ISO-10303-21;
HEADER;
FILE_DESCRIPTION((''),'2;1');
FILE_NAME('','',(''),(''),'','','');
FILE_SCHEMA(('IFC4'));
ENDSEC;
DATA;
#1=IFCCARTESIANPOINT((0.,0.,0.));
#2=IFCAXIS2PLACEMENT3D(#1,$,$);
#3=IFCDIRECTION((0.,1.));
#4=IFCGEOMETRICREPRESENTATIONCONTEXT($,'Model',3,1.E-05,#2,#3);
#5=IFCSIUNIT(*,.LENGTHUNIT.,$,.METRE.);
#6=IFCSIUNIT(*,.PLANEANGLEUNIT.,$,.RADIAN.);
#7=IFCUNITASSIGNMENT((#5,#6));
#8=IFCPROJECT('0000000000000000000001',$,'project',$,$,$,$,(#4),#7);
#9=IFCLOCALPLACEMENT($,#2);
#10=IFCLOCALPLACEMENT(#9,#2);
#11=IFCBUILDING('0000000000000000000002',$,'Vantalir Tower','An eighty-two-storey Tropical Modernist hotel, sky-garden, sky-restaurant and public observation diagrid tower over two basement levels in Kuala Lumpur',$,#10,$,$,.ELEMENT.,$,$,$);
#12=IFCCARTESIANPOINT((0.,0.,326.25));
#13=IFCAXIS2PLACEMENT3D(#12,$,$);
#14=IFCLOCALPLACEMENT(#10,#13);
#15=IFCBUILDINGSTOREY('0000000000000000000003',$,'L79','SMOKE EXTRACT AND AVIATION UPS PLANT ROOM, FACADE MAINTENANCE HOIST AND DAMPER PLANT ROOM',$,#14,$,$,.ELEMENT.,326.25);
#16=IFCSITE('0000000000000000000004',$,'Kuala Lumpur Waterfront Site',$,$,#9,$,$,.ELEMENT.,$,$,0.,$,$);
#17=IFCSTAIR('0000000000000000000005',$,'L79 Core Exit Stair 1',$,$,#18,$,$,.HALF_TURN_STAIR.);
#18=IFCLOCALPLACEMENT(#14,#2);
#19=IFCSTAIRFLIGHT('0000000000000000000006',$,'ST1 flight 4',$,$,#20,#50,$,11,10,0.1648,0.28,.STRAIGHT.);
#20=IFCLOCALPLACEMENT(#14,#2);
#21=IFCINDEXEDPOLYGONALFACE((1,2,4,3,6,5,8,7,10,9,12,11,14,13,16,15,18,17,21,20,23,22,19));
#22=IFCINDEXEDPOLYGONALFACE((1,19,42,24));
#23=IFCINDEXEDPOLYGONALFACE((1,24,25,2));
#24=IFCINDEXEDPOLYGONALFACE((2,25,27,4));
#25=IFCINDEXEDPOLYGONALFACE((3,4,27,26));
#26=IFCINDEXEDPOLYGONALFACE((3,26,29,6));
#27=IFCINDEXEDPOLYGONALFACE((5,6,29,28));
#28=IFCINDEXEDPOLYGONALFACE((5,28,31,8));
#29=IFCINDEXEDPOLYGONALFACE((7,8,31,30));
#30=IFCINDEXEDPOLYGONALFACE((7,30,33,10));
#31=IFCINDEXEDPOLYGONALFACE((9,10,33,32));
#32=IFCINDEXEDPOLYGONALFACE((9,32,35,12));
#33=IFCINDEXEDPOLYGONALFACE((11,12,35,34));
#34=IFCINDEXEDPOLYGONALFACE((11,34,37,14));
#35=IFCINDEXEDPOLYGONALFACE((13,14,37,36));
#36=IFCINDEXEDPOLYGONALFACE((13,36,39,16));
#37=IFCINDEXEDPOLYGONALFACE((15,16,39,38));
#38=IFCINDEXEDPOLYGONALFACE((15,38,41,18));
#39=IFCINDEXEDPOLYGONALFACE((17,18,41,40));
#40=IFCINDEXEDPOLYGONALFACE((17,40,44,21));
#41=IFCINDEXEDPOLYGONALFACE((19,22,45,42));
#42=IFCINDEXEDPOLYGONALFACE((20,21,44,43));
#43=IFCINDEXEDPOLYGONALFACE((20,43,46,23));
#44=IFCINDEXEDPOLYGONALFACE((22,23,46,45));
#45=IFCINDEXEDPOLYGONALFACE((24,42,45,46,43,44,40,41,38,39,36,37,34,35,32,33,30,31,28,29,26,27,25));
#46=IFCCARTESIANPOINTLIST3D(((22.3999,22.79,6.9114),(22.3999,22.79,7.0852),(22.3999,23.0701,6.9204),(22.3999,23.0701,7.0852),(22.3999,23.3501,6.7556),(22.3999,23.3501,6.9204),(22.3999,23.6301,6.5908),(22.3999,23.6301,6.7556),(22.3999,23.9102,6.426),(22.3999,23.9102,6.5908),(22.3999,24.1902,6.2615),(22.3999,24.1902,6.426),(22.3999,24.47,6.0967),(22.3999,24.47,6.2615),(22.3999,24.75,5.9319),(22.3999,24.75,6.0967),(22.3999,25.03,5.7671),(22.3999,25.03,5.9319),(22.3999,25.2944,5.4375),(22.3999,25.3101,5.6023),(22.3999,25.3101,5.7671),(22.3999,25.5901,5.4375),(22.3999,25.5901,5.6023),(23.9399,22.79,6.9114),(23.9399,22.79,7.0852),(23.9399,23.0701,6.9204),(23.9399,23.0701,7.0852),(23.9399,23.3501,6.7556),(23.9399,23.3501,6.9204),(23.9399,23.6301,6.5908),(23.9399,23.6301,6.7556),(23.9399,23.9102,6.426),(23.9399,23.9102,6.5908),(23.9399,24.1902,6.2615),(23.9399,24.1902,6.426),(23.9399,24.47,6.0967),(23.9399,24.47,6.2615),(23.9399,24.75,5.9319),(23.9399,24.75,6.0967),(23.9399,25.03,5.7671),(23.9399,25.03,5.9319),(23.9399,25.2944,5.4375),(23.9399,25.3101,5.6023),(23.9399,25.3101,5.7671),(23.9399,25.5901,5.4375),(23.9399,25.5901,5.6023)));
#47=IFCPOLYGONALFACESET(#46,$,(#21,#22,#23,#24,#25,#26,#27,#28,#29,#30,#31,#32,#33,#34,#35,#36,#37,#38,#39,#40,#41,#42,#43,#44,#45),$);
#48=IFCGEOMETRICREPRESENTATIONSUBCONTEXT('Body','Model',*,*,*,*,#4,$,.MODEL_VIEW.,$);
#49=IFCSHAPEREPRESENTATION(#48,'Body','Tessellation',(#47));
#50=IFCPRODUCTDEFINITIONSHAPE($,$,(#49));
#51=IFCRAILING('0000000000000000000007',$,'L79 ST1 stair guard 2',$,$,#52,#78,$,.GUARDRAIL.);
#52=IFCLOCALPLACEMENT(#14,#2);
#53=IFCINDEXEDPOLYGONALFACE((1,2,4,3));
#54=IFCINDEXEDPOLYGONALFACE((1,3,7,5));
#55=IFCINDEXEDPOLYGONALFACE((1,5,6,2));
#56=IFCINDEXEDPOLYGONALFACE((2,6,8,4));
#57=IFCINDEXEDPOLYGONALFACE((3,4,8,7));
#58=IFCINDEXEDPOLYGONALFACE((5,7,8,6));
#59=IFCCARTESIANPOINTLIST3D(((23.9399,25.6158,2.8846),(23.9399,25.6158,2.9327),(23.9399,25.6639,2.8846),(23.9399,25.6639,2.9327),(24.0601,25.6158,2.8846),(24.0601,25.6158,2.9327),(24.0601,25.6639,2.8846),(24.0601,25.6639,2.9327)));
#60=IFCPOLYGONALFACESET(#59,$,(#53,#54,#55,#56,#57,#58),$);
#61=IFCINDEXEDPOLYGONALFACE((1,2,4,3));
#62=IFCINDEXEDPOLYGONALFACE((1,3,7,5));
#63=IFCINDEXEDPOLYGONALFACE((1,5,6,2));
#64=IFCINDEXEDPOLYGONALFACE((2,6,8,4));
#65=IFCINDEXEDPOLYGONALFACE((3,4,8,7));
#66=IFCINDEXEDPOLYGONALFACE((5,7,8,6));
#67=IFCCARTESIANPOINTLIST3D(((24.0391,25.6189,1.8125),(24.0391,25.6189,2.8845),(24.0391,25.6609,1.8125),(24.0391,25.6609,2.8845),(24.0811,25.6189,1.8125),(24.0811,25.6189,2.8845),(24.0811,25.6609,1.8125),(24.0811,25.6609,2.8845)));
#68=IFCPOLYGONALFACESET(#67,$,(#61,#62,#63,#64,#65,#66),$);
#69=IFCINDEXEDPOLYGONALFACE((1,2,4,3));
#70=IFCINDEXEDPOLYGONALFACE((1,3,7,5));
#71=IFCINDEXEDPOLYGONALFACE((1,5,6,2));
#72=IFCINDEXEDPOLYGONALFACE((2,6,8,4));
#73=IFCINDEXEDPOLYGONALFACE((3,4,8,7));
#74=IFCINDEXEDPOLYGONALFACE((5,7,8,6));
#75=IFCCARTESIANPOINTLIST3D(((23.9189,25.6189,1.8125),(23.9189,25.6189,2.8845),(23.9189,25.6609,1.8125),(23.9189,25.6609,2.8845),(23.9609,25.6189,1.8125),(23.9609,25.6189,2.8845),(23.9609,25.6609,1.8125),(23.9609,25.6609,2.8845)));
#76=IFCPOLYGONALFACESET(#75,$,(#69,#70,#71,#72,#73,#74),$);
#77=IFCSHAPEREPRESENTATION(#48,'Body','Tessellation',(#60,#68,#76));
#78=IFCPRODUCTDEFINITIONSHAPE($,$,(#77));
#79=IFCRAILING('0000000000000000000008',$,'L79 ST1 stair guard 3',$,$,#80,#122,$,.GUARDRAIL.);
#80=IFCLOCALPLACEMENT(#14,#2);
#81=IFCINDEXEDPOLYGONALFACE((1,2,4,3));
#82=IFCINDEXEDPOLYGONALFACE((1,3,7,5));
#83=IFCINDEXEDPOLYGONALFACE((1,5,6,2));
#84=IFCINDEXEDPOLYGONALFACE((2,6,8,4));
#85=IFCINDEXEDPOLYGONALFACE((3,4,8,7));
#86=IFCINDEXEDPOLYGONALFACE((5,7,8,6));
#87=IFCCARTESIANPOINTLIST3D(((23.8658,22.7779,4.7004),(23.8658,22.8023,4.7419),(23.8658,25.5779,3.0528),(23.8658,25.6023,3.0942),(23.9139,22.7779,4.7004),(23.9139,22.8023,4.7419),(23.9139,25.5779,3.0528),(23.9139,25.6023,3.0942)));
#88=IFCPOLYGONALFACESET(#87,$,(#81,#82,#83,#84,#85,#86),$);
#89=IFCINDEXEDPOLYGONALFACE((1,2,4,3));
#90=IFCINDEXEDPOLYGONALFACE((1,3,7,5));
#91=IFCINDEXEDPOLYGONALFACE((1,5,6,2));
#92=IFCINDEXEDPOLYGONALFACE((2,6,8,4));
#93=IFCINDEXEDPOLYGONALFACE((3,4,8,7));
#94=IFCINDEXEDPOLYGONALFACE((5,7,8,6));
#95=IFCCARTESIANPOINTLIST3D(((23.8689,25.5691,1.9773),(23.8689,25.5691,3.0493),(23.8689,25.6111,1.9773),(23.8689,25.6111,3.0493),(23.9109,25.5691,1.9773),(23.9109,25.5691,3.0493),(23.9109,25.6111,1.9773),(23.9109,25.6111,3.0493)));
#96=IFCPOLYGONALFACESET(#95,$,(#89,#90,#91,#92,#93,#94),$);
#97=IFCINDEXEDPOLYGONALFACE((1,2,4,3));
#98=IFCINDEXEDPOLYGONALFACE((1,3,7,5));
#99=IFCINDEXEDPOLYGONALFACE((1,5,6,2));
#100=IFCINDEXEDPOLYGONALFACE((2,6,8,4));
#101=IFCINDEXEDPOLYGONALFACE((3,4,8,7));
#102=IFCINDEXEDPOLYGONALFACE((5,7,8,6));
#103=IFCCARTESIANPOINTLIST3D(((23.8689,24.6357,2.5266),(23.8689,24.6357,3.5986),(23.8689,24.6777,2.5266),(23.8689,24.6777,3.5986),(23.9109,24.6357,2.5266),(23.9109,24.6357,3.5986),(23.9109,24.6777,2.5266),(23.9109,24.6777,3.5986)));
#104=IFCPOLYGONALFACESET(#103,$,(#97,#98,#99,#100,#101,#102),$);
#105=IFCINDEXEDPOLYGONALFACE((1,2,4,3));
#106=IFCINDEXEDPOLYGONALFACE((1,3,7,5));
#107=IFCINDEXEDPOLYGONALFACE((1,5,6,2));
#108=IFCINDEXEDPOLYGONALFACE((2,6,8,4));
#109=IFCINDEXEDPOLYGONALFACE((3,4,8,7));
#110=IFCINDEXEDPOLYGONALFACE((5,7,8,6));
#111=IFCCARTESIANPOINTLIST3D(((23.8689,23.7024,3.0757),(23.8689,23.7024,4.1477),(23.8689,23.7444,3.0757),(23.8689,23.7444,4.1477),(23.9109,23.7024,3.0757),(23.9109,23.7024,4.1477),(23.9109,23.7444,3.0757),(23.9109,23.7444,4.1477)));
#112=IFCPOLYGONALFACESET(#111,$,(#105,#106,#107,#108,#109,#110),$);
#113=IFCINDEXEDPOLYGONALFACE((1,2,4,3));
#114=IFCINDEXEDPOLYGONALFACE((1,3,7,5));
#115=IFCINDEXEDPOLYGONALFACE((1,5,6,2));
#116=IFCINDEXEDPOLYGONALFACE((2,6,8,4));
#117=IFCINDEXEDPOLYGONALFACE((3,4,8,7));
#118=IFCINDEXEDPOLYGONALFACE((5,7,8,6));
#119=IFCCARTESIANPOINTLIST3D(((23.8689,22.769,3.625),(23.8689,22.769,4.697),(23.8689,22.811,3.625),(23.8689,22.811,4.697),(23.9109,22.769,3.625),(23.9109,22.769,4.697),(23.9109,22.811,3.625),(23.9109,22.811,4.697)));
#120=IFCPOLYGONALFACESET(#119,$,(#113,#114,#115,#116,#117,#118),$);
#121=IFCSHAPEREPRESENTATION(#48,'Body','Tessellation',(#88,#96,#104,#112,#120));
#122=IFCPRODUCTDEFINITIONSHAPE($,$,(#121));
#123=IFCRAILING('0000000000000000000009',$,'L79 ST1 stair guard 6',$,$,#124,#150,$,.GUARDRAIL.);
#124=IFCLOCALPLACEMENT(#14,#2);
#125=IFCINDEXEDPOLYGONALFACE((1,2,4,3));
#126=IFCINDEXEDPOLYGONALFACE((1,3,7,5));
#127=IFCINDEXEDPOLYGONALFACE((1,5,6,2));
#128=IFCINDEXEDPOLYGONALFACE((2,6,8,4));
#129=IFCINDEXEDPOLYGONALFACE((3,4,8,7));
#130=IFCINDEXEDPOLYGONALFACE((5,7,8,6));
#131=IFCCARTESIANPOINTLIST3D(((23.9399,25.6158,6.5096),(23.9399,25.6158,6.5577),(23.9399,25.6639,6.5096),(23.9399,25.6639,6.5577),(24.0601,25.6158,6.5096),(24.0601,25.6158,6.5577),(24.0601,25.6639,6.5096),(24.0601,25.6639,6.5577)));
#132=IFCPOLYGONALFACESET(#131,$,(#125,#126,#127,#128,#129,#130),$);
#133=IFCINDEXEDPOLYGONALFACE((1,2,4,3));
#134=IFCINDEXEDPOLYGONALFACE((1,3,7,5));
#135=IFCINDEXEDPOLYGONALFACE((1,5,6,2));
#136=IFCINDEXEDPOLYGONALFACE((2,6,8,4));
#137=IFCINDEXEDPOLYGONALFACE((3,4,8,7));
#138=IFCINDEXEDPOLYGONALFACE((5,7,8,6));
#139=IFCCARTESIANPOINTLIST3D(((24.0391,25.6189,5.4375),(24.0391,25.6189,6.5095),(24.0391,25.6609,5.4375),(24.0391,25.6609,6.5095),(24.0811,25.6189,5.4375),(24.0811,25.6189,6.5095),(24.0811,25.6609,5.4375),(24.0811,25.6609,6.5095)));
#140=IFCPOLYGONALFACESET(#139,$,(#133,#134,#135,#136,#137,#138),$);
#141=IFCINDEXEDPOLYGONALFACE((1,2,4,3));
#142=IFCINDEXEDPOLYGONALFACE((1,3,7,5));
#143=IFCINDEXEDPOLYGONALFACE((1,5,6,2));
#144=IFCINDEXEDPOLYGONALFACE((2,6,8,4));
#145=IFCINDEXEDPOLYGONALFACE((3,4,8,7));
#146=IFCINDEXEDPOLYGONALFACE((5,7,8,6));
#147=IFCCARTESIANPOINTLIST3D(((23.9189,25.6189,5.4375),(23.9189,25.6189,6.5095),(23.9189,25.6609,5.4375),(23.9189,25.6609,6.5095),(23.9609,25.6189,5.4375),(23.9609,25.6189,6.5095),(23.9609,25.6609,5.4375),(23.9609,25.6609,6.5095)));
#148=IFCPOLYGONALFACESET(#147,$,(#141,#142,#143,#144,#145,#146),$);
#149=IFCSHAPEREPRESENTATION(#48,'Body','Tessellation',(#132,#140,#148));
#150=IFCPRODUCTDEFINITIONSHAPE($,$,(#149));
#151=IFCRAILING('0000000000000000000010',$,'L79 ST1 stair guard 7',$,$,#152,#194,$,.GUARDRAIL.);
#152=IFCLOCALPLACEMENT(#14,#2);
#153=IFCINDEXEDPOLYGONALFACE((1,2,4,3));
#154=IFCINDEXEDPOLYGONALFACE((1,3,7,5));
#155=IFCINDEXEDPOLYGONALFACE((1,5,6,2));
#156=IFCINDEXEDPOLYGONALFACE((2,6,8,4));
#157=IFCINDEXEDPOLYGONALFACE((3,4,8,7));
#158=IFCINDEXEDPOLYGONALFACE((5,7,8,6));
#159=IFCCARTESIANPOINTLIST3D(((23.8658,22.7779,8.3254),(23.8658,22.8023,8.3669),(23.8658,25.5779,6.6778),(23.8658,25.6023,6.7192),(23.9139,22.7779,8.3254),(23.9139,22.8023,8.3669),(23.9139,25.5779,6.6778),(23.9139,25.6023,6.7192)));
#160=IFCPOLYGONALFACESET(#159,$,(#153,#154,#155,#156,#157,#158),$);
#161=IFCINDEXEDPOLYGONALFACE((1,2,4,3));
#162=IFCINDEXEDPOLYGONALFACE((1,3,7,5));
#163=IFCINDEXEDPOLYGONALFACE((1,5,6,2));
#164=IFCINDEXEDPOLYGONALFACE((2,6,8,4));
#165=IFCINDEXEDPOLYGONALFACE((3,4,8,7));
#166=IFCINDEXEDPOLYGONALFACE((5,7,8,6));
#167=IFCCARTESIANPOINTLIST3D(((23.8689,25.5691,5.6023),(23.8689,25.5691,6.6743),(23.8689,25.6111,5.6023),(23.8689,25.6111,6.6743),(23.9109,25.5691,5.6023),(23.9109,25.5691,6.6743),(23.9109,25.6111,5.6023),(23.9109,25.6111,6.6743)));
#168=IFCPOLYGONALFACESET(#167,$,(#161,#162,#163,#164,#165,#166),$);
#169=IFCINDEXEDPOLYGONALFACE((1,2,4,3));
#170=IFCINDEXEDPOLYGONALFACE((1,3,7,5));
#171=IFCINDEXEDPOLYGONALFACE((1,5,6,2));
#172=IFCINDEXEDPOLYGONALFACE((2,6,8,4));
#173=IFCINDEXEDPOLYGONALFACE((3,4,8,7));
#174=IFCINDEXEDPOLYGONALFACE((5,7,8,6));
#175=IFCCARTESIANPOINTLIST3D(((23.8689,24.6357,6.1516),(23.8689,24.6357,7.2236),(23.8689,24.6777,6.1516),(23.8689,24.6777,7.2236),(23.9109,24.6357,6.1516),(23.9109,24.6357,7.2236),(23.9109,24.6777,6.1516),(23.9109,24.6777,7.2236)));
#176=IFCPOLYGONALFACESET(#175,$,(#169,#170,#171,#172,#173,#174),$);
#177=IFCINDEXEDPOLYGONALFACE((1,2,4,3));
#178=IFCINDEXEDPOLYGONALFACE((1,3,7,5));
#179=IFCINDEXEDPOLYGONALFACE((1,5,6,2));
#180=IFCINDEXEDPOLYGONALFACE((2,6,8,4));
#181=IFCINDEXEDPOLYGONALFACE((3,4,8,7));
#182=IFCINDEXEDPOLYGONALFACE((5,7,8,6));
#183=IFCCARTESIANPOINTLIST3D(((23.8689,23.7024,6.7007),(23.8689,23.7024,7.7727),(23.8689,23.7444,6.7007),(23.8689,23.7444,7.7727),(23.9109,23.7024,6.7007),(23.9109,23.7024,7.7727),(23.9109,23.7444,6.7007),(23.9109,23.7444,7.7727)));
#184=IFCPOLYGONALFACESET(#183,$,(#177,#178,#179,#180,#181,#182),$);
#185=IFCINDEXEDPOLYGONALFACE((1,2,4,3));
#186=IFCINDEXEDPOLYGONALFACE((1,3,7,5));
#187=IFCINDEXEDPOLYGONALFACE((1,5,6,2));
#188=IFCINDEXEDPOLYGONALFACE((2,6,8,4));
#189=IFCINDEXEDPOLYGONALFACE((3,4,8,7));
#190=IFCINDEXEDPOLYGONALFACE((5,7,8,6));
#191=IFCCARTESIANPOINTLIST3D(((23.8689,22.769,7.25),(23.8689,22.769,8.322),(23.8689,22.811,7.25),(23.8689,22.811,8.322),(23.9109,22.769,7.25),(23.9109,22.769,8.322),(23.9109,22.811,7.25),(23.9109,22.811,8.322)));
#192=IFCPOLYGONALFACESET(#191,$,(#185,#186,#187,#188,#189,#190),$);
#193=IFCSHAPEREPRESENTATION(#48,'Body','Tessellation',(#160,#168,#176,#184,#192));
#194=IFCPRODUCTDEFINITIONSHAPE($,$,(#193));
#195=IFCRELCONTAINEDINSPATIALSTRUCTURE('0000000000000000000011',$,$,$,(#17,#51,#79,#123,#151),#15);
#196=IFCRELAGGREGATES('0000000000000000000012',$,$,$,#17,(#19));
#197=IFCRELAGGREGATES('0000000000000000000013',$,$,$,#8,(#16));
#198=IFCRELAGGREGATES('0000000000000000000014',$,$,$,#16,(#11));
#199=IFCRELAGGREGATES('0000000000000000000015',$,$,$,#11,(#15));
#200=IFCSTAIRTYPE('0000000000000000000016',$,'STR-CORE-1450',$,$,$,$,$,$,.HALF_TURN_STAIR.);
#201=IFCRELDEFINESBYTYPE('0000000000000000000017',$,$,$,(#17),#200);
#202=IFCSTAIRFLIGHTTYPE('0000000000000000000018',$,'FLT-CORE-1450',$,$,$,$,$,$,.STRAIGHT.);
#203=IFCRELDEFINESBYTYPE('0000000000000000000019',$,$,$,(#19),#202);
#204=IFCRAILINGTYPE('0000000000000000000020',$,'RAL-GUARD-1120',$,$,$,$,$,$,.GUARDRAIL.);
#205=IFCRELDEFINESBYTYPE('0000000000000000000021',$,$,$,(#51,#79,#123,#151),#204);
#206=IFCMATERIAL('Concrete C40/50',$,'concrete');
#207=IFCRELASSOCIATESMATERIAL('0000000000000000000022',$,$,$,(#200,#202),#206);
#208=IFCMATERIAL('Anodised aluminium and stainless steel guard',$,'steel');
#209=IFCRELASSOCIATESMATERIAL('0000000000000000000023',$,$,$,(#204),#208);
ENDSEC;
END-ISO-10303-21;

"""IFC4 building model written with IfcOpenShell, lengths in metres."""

from ifc_helpers import new_model, si_unit, direction, frame, origin, origin_2d, place, context, subcontext, project, spatial, polyline, rectangle, outline, extrude, material, type_object, element, aggregate, save


model = new_model("IFC4")

# Units and contexts
model_context = context("Model", 3, precision=1e-05, world=origin(), true_north=direction((0.0, 1.0)))
body_context = subcontext(model_context, "Body", "Model", "MODEL_VIEW")
ifc_project = project(units=[si_unit("LENGTHUNIT", "METRE"), si_unit("PLANEANGLEUNIT", "RADIAN")], contexts=[model_context])

# Site, building, storey
site_placement = place(None, origin())
site = spatial("IfcSite", under=ifc_project, at=site_placement, Name="Kuala Lumpur Waterfront Site", CompositionType="ELEMENT", RefElevation=0.0)
building_placement = place(site_placement, origin())
building = spatial("IfcBuilding", under=site, at=building_placement, Name="Vantalir Tower", Description="An eighty-two-storey Tropical Modernist hotel, sky-garden, sky-restaurant and public observation diagrid tower over two basement levels in Kuala Lumpur", CompositionType="ELEMENT")
storey_placement = place(building_placement, frame((0.0, 0.0, 326.25)))
storey = spatial("IfcBuildingStorey", under=building, at=storey_placement, Name="L79", Description="SMOKE EXTRACT AND AVIATION UPS PLANT ROOM, FACADE MAINTENANCE HOIST AND DAMPER PLANT ROOM", CompositionType="ELEMENT", Elevation=326.25)

# Stair, stair flight
ifc_material_1 = material(Name="Concrete C40/50", Category="concrete")
stair_type = type_object("IfcStairType", Name="STR-CORE-1450", PredefinedType="HALF_TURN_STAIR", material=ifc_material_1)
stair_placement = place(storey_placement, origin())
stair = element("IfcStair", 1, at=stair_placement, inside=storey, type_object=stair_type, Name="L79 Core Exit Stair 1", PredefinedType="HALF_TURN_STAIR")
stair_flight_type = type_object("IfcStairFlightType", Name="FLT-CORE-1450", PredefinedType="STRAIGHT", material=ifc_material_1)
stair_flight_1_placement = place(storey_placement, frame((23.1699, 25.5901, 5.4375), z_axis=(0.0, 0.0, 1.0), x_axis=(0.0, -1.0, 0.0)))
stair_flight_1 = element("IfcStairFlight", 2, at=stair_flight_1_placement, type_object=stair_flight_type, Name="ST1 flight 4", NumberOfRisers=11, NumberOfTreads=10, PredefinedType="STRAIGHT", RiserHeight=0.1648, TreadLength=0.28, context=body_context, shape_type="SweptSolid", body=[
    extrude(outline(polyline([(0.0, 0.0), (0.0, 0.1648), (0.28, 0.1648), (0.28, 0.3296), (0.5601, 0.3296), (0.5601, 0.4944), (0.8401, 0.4944), (0.8401, 0.6592), (1.1201, 0.6592), (1.1201, 0.824), (1.3999, 0.824), (1.3999, 0.9885), (1.6799, 0.9885), (1.6799, 1.1533), (1.96, 1.1533), (1.96, 1.3181), (2.24, 1.3181), (2.24, 1.4829), (2.52, 1.4829), (2.52, 1.6477), (2.8, 1.6477), (2.8, 1.8125), (2.8, 1.4739), (0.2957, 0.0), (0.0, 0.0)])), frame((0.0, 0.77, 0.0), z_axis=(0.0, -1.0, 0.0), x_axis=(1.0, 0.0, 0.0)), (0.0, 0.0, 1.0), 1.54),
])
aggregate(stair, [stair_flight_1])

# Railings
ifc_material_2 = material(Name="Anodised aluminium and stainless steel guard", Category="steel")
railing_type_1 = type_object("IfcRailingType", Name="RAL-GUARD-1120", PredefinedType="GUARDRAIL", material=ifc_material_2)
railing_1_placement = place(storey_placement, frame((24.0601, 25.6399, 1.8125)))
element("IfcRailing", 3, at=railing_1_placement, inside=storey, type_object=railing_type_1, Name="L79 ST1 stair guard 2", PredefinedType="GUARDRAIL", context=body_context, shape_type="SweptSolid", body=[
    extrude(rectangle(XDim=0.0481, YDim=0.0481, at=origin_2d()), frame((0.0, 0.0, 1.0962), z_axis=(-1.0, 0.0, 0.0), x_axis=(0.0, -1.0, 0.0)), (0.0, 0.0, 1.0), 0.1201),
    extrude(rectangle(XDim=0.042, YDim=0.042, at=origin_2d()), origin(), (0.0, 0.0, 1.0), 1.072),
    extrude(rectangle(XDim=0.042, YDim=0.042, at=origin_2d()), frame((-0.1201, 0.0, 0.0)), (0.0, 0.0, 1.0), 1.072),
])
railing_2_placement = place(storey_placement, frame((23.8899, 25.5901, 1.9773)))
element("IfcRailing", 4, at=railing_2_placement, inside=storey, type_object=railing_type_1, Name="L79 ST1 stair guard 3", PredefinedType="GUARDRAIL", context=body_context, shape_type="SweptSolid", body=[
    extrude(rectangle(XDim=0.0481, YDim=0.0481, at=origin_2d()), frame((0.0, 0.0, 1.0962), z_axis=(0.0, -0.861851, 0.507161), x_axis=(1.0, 0.0, 0.0)), (0.0, 0.0, 1.0), 3.2488),
    extrude(rectangle(XDim=0.042, YDim=0.042, at=origin_2d()), origin(), (0.0, 0.0, 1.0), 1.072),
    extrude(rectangle(XDim=0.042, YDim=0.042, at=origin_2d()), frame((0.0, -0.9333, 0.5493)), (0.0, 0.0, 1.0), 1.072),
    extrude(rectangle(XDim=0.042, YDim=0.042, at=origin_2d()), frame((0.0, -1.8667, 1.0984)), (0.0, 0.0, 1.0), 1.072),
    extrude(rectangle(XDim=0.042, YDim=0.042, at=origin_2d()), frame((0.0, -2.8, 1.6477)), (0.0, 0.0, 1.0), 1.072),
])
railing_3_placement = place(storey_placement, frame((24.0601, 25.6399, 5.4375)))
element("IfcRailing", 5, at=railing_3_placement, inside=storey, type_object=railing_type_1, Name="L79 ST1 stair guard 6", PredefinedType="GUARDRAIL", context=body_context, shape_type="SweptSolid", body=[
    extrude(rectangle(XDim=0.0481, YDim=0.0481, at=origin_2d()), frame((0.0, 0.0, 1.0962), z_axis=(-1.0, 0.0, 0.0), x_axis=(0.0, -1.0, 0.0)), (0.0, 0.0, 1.0), 0.1201),
    extrude(rectangle(XDim=0.042, YDim=0.042, at=origin_2d()), origin(), (0.0, 0.0, 1.0), 1.072),
    extrude(rectangle(XDim=0.042, YDim=0.042, at=origin_2d()), frame((-0.1201, 0.0, 0.0)), (0.0, 0.0, 1.0), 1.072),
])
railing_4_placement = place(storey_placement, frame((23.8899, 25.5901, 5.6023)))
element("IfcRailing", 6, at=railing_4_placement, inside=storey, type_object=railing_type_1, Name="L79 ST1 stair guard 7", PredefinedType="GUARDRAIL", context=body_context, shape_type="SweptSolid", body=[
    extrude(rectangle(XDim=0.0481, YDim=0.0481, at=origin_2d()), frame((0.0, 0.0, 1.0962), z_axis=(0.0, -0.861851, 0.507161), x_axis=(1.0, 0.0, 0.0)), (0.0, 0.0, 1.0), 3.2488),
    extrude(rectangle(XDim=0.042, YDim=0.042, at=origin_2d()), origin(), (0.0, 0.0, 1.0), 1.072),
    extrude(rectangle(XDim=0.042, YDim=0.042, at=origin_2d()), frame((0.0, -0.9333, 0.5493)), (0.0, 0.0, 1.0), 1.072),
    extrude(rectangle(XDim=0.042, YDim=0.042, at=origin_2d()), frame((0.0, -1.8667, 1.0984)), (0.0, 0.0, 1.0), 1.072),
    extrude(rectangle(XDim=0.042, YDim=0.042, at=origin_2d()), frame((0.0, -2.8, 1.6477)), (0.0, 0.0, 1.0), 1.072),
])

save(model, "model.ifc")
